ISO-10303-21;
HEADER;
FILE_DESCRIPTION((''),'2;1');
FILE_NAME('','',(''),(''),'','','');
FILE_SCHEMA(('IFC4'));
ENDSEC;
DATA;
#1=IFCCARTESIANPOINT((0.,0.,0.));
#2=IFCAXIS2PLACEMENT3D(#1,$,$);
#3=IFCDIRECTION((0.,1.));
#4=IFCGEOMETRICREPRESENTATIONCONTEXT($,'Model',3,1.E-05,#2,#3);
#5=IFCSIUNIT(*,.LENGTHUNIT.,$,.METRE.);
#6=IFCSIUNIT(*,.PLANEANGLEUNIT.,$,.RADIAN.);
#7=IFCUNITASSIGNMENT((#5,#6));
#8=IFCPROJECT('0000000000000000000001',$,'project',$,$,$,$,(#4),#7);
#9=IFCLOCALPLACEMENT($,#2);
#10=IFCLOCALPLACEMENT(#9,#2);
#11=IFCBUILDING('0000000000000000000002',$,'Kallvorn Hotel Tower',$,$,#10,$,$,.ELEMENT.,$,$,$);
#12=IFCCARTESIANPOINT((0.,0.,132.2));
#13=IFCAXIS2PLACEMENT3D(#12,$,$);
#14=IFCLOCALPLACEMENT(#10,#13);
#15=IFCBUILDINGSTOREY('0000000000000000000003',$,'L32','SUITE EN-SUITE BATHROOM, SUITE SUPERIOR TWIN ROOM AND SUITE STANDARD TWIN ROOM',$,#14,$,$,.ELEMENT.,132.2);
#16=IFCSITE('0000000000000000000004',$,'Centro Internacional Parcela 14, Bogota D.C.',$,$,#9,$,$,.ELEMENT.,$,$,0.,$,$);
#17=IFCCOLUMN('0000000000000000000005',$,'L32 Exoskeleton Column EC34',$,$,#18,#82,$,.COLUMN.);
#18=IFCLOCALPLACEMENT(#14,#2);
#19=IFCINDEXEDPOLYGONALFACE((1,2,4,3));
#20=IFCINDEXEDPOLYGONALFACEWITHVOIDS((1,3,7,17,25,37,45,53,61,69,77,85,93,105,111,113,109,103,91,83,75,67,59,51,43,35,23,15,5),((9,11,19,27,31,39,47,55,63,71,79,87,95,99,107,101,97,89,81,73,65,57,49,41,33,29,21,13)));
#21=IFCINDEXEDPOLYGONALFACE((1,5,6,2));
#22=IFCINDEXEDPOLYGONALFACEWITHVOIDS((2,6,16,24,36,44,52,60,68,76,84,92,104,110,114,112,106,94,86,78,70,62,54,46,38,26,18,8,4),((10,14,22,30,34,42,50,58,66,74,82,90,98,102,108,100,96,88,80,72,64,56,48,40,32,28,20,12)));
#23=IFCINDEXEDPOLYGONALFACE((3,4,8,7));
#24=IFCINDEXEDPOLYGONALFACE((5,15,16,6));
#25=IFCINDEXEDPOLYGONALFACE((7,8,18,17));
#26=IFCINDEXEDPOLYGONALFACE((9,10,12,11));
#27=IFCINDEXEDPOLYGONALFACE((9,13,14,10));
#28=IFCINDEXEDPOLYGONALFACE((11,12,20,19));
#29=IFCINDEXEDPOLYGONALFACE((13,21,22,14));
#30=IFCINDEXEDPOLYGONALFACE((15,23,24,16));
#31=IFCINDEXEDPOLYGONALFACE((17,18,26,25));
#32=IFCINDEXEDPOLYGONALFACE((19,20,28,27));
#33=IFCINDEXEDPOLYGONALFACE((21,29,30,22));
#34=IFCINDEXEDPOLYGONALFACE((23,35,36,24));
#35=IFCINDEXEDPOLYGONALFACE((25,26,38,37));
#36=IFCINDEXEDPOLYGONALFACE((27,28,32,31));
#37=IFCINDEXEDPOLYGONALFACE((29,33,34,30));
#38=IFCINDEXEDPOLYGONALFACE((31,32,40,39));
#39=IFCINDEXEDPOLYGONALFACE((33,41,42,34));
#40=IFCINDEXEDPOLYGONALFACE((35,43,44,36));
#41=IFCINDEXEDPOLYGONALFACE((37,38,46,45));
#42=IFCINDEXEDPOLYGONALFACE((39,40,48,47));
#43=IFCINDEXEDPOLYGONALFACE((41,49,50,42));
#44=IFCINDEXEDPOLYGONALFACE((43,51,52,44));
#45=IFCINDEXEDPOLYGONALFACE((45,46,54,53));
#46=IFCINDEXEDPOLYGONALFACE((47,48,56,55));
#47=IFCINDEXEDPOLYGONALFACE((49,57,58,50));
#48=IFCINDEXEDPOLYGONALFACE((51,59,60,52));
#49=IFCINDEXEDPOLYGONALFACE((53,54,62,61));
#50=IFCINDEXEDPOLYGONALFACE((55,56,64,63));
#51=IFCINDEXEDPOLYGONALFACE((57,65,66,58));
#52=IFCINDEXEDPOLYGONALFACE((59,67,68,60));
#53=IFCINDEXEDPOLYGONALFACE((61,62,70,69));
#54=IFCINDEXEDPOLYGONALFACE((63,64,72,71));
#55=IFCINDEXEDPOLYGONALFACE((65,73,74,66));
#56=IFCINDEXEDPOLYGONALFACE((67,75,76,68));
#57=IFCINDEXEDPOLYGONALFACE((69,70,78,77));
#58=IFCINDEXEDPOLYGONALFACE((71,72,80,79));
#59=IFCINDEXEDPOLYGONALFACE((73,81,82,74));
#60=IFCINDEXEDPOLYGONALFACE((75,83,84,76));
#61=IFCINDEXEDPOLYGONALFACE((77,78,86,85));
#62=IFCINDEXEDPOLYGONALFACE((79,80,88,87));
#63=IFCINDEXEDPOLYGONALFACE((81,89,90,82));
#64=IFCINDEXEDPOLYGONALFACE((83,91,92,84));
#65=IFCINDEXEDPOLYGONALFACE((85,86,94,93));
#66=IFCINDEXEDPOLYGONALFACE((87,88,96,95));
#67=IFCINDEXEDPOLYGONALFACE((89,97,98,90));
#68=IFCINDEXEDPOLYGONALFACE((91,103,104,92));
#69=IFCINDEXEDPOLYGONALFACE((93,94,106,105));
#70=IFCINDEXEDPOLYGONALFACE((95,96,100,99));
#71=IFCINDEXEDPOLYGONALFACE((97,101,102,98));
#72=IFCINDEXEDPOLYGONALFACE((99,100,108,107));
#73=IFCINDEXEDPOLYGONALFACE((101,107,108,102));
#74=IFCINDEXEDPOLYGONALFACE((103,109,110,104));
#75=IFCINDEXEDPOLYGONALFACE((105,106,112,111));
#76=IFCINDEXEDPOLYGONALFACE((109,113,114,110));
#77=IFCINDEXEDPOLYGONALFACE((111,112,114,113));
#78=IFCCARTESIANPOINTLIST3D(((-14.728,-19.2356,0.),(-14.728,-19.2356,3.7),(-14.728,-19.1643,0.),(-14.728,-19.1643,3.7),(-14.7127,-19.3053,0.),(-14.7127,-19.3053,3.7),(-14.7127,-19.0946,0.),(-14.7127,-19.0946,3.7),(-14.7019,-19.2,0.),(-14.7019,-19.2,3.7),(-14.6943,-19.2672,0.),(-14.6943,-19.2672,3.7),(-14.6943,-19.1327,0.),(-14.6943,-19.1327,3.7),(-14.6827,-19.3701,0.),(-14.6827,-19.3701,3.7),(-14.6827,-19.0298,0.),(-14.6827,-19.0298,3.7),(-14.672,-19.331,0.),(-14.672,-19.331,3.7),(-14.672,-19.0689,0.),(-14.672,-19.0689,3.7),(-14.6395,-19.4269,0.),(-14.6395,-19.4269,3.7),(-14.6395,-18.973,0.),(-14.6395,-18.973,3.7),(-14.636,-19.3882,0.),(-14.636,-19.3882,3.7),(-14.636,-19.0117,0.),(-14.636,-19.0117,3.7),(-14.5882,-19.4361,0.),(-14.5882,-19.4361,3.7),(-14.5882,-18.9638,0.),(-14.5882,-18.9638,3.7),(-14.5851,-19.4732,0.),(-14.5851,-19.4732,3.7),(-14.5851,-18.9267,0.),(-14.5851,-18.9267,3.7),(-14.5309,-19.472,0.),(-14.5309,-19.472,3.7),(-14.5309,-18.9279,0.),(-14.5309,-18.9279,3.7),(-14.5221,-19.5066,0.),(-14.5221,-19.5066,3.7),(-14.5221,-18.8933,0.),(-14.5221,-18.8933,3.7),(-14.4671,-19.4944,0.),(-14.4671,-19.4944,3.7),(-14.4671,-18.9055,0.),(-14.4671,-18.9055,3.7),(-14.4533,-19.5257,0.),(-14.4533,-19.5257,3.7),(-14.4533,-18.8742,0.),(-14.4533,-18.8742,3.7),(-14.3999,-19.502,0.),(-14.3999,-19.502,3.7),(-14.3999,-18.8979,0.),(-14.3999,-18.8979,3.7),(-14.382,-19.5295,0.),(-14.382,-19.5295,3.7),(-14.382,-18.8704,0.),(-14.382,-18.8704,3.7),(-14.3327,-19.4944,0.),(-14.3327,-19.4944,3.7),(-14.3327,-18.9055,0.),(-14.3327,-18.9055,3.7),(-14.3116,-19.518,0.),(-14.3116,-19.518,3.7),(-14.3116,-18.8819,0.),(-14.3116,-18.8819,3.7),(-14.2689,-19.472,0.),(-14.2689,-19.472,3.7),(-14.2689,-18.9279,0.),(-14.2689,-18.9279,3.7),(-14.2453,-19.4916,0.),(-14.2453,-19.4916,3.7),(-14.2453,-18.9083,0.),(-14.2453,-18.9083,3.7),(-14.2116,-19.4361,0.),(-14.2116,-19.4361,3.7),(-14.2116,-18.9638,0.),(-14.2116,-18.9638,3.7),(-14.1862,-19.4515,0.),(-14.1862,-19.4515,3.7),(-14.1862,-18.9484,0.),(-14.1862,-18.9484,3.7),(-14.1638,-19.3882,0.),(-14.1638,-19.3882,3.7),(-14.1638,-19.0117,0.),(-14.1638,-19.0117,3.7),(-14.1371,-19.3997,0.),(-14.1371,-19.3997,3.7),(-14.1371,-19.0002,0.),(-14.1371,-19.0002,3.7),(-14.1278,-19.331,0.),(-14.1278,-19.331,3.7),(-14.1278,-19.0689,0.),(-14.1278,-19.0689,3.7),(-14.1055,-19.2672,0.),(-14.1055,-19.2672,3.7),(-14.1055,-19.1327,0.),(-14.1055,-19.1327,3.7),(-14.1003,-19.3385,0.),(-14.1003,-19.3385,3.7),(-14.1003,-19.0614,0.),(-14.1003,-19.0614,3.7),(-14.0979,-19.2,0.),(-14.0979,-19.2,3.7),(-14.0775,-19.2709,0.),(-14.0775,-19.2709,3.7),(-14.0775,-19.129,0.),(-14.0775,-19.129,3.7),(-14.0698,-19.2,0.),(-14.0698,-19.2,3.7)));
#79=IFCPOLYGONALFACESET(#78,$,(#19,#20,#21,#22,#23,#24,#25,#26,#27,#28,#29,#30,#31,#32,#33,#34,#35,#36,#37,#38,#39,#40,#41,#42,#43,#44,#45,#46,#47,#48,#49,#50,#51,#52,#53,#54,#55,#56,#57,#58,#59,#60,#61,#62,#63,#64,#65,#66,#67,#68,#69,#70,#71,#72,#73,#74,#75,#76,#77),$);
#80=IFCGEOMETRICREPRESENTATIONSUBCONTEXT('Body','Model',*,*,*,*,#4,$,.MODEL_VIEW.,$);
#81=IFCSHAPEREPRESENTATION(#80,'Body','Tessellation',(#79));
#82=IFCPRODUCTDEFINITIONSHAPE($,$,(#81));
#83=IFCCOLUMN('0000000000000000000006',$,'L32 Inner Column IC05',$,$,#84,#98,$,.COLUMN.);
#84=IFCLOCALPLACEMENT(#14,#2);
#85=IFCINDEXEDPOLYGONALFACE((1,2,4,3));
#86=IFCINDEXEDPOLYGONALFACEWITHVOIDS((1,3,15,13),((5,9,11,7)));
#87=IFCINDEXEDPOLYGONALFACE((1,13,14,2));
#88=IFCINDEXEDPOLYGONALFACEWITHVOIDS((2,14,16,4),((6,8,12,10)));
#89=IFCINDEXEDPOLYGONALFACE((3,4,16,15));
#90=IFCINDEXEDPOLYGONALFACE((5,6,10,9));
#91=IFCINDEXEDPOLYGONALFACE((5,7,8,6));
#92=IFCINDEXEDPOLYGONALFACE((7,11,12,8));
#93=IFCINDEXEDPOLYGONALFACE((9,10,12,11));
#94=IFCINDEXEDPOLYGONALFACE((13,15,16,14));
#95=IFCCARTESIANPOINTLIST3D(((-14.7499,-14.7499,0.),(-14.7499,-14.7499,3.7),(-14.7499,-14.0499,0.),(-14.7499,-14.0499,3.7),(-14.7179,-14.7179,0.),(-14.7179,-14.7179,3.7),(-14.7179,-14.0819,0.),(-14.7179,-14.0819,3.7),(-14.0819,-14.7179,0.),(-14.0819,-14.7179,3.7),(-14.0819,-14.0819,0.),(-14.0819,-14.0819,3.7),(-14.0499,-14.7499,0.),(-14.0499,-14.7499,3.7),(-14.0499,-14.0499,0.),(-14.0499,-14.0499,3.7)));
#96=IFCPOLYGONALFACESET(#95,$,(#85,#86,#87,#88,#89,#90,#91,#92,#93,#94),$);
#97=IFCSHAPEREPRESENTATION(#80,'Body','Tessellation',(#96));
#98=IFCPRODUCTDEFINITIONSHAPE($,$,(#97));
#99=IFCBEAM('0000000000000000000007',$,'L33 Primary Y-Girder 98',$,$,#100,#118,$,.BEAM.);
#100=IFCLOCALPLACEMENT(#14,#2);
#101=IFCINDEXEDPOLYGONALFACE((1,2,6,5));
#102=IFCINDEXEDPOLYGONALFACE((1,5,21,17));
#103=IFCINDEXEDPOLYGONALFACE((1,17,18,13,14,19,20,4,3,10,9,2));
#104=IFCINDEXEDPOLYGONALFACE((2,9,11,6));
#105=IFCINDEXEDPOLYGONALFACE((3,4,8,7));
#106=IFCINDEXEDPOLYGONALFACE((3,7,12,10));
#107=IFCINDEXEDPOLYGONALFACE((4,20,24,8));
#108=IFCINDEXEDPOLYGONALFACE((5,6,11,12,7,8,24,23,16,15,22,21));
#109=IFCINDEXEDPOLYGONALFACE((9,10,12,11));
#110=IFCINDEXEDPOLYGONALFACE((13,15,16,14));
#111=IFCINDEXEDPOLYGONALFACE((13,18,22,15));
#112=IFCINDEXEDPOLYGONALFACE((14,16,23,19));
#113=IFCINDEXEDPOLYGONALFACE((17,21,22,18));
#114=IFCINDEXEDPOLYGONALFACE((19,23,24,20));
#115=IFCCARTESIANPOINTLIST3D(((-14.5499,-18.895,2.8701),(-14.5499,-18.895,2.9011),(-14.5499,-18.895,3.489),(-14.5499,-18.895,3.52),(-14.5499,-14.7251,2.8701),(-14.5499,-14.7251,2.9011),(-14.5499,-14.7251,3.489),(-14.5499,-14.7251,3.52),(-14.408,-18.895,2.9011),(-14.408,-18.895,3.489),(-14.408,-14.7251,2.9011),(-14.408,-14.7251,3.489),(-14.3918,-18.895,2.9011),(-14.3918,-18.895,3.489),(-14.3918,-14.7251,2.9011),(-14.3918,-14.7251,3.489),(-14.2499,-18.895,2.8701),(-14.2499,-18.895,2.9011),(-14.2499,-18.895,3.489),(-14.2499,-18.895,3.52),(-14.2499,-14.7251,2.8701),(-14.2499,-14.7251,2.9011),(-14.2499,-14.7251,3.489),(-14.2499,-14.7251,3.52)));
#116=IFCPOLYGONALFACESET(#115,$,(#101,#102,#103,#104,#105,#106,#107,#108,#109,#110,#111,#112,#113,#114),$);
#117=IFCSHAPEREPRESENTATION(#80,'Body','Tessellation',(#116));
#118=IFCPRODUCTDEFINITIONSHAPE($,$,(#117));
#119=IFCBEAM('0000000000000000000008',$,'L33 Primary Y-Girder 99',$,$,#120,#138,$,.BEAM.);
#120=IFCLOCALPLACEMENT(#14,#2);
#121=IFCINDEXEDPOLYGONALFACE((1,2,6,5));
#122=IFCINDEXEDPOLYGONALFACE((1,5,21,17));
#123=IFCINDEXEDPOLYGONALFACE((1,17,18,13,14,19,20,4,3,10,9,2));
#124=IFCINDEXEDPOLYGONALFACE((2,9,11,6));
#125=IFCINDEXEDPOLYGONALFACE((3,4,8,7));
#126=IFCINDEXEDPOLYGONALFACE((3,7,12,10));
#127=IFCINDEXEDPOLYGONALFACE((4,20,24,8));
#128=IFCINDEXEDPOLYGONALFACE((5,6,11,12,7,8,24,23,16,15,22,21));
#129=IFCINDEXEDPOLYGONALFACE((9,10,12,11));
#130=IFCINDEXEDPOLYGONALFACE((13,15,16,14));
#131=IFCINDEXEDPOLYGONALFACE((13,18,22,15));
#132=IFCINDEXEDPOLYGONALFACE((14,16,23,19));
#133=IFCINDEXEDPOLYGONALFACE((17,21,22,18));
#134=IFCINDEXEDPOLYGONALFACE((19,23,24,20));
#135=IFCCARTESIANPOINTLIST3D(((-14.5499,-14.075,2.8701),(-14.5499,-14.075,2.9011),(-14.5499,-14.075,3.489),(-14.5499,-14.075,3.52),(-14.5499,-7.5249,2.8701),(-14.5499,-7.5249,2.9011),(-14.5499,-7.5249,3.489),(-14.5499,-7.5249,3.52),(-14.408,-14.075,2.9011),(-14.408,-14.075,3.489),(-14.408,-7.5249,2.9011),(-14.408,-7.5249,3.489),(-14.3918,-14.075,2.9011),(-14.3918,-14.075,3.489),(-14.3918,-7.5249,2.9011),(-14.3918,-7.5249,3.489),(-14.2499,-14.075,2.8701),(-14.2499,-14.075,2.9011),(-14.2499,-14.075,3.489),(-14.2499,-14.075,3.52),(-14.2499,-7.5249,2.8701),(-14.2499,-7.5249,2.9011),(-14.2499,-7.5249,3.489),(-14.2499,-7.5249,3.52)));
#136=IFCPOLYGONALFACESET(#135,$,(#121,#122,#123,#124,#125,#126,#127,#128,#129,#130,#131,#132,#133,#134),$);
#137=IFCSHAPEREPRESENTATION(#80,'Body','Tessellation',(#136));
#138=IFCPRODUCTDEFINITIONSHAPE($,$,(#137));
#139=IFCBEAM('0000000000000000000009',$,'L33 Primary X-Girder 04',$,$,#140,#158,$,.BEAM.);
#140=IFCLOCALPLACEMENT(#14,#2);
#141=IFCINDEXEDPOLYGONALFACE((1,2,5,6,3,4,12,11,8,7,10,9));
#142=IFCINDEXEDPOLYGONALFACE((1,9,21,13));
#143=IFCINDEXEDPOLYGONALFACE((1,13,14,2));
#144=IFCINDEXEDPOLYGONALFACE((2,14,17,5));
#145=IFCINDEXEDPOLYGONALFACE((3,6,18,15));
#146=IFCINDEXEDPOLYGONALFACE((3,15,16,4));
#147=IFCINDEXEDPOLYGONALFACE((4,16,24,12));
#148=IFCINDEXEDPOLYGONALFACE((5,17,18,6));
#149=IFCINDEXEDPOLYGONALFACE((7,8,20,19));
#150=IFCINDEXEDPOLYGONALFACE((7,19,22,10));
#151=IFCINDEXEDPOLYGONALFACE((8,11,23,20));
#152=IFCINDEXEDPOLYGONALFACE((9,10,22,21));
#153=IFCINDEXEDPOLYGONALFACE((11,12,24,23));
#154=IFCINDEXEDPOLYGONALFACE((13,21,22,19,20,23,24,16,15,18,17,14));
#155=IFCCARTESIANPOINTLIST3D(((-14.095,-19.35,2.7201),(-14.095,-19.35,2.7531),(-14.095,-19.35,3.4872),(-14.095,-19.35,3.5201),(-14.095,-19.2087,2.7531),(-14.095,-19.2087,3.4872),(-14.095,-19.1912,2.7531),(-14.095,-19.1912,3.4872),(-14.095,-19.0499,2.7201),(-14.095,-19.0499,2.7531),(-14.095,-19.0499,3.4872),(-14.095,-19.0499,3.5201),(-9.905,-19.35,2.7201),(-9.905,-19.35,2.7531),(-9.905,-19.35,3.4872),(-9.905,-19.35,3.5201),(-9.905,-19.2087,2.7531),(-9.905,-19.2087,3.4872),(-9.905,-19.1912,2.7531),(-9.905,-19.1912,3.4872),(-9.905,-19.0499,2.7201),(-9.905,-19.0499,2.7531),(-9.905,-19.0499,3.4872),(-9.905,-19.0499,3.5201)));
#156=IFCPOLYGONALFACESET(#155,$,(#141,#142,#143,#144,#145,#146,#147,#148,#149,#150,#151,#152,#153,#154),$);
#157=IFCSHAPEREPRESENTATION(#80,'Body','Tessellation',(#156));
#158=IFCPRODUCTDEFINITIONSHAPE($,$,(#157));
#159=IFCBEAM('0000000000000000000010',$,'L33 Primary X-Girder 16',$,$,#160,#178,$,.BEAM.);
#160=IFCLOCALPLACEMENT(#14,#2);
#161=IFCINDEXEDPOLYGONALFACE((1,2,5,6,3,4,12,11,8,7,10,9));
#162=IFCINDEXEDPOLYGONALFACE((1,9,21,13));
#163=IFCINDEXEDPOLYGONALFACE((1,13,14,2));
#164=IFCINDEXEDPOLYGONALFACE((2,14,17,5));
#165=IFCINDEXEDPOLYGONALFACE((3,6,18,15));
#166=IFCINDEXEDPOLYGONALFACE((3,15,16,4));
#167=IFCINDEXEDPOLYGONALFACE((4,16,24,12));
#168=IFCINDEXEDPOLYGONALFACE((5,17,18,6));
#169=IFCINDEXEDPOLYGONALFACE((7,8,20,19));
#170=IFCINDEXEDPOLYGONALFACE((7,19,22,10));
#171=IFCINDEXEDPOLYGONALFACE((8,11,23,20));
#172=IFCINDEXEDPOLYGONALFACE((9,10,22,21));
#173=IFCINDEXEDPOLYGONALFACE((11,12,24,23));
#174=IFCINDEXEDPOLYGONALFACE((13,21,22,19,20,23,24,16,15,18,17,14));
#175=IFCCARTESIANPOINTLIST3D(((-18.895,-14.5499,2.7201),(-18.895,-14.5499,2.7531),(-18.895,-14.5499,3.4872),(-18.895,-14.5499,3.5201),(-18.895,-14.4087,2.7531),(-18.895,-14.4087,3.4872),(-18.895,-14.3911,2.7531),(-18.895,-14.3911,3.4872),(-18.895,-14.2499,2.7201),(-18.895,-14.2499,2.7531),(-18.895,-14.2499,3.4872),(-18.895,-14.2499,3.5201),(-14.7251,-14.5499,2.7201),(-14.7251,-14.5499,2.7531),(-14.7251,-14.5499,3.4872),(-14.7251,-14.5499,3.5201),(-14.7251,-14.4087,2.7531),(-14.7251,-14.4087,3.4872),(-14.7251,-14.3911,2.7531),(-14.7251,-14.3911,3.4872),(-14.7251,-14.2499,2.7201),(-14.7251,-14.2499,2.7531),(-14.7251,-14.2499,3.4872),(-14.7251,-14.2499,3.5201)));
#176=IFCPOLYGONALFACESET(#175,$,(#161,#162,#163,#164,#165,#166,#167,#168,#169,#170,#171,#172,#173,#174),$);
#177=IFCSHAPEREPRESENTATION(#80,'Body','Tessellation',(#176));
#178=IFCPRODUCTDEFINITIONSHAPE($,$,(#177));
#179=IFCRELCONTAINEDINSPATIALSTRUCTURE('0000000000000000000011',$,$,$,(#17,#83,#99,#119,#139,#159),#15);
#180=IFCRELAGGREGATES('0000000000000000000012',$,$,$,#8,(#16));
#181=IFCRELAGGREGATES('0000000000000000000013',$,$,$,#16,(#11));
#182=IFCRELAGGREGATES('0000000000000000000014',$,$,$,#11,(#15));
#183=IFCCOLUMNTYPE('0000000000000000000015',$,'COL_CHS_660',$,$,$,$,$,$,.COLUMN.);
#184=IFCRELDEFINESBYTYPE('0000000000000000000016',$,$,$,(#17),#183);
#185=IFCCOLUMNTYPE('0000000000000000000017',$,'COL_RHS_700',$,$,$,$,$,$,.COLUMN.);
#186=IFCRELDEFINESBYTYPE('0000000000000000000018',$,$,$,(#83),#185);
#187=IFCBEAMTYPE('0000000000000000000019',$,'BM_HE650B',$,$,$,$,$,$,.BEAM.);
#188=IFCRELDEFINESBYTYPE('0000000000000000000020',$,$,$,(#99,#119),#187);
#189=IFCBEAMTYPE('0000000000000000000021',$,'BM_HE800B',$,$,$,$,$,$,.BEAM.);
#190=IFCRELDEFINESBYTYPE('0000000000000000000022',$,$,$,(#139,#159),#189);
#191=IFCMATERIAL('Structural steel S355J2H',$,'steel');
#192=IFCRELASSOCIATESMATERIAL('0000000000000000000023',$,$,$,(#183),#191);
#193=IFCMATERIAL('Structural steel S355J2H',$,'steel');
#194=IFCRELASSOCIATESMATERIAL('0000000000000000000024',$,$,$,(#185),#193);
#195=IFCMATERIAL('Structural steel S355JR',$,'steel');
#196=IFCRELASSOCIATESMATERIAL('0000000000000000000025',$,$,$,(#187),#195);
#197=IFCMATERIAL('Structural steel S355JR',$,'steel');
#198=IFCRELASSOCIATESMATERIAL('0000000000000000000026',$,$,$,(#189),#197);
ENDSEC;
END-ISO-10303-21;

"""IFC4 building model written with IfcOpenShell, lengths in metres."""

from ifc_helpers import new_model, si_unit, direction, frame, origin, origin_2d, place, context, subcontext, project, spatial, hollow_rectangle, hollow_circle, i_section, extrude, material, material_profile, profile_set, type_object, element, save


model = new_model("IFC4")

# Units and contexts
model_context = context("Model", 3, precision=1e-05, world=origin(), true_north=direction((0.0, 1.0)))
body_context = subcontext(model_context, "Body", "Model", "MODEL_VIEW")
ifc_project = project(units=[si_unit("LENGTHUNIT", "METRE"), si_unit("PLANEANGLEUNIT", "RADIAN")], contexts=[model_context])

# Site, building, storey
site_placement = place(None, origin())
site = spatial("IfcSite", under=ifc_project, at=site_placement, Name="Centro Internacional Parcela 14, Bogota D.C.", CompositionType="ELEMENT", RefElevation=0.0)
building_placement = place(site_placement, origin())
building = spatial("IfcBuilding", under=site, at=building_placement, Name="Kallvorn Hotel Tower", CompositionType="ELEMENT")
storey_placement = place(building_placement, frame((0.0, 0.0, 132.2)))
storey = spatial("IfcBuildingStorey", under=building, at=storey_placement, Name="L32", Description="SUITE EN-SUITE BATHROOM, SUITE SUPERIOR TWIN ROOM AND SUITE STANDARD TWIN ROOM", CompositionType="ELEMENT", Elevation=132.2)

# Columns
ifc_material_1 = material(Name="Structural steel S355J2H", Category="steel")
ifc_material_profile_1 = material_profile(ifc_material_1, hollow_circle(Radius=0.3301, WallThickness=0.0281, at=origin_2d()), Name="CHS 660x28")
ifc_profile_set_1 = profile_set([ifc_material_profile_1], Name="Structural steel S355J2H")
column_type_1 = type_object("IfcColumnType", Name="COL_CHS_660", PredefinedType="COLUMN", material=ifc_profile_set_1)
column_1_placement = place(storey_placement, frame((-14.3999, -19.2, 0.0), z_axis=(0.0, 0.0, 1.0), x_axis=(1.0, 0.0, 0.0)))
element("IfcColumn", 1, at=column_1_placement, inside=storey, type_object=column_type_1, Name="L32 Exoskeleton Column EC34", PredefinedType="COLUMN", context=body_context, shape_type="SweptSolid", body=[
    extrude(hollow_circle(Radius=0.3301, WallThickness=0.0281, at=origin_2d()), origin(), (0.0, 0.0, 1.0), 3.7),
])
ifc_material_2 = material(Name="Structural steel S355J2H", Category="steel")
ifc_material_profile_2 = material_profile(ifc_material_2, hollow_rectangle(XDim=0.7, YDim=0.7, WallThickness=0.032, at=origin_2d()), Name="RHS 700x700x32")
ifc_profile_set_2 = profile_set([ifc_material_profile_2], Name="Structural steel S355J2H")
column_type_2 = type_object("IfcColumnType", Name="COL_RHS_700", PredefinedType="COLUMN", material=ifc_profile_set_2)
column_2_placement = place(storey_placement, frame((-14.3999, -14.3999, 0.0), z_axis=(0.0, 0.0, 1.0), x_axis=(1.0, 0.0, 0.0)))
element("IfcColumn", 2, at=column_2_placement, inside=storey, type_object=column_type_2, Name="L32 Inner Column IC05", PredefinedType="COLUMN", context=body_context, shape_type="SweptSolid", body=[
    extrude(hollow_rectangle(XDim=0.7, YDim=0.7, WallThickness=0.032, at=origin_2d()), origin(), (0.0, 0.0, 1.0), 3.7),
])

# Beams
ifc_material_3 = material(Name="Structural steel S355JR", Category="steel")
ifc_material_profile_3 = material_profile(ifc_material_3, i_section(OverallWidth=0.3, OverallDepth=0.6499, WebThickness=0.0161, FlangeThickness=0.031, at=origin_2d()), Name="HE 650 B")
ifc_profile_set_3 = profile_set([ifc_material_profile_3], Name="Structural steel S355JR")
beam_type_1 = type_object("IfcBeamType", Name="BM_HE650B", PredefinedType="BEAM", material=ifc_profile_set_3)
beam_1_placement = place(storey_placement, frame((-14.3999, -18.895, 3.1951), z_axis=(0.0, 1.0, 0.0), x_axis=(-1.0, 0.0, 0.0)))
element("IfcBeam", 3, at=beam_1_placement, inside=storey, type_object=beam_type_1, Name="L33 Primary Y-Girder 98", PredefinedType="BEAM", context=body_context, shape_type="SweptSolid", body=[
    extrude(i_section(OverallWidth=0.3, OverallDepth=0.6499, WebThickness=0.0161, FlangeThickness=0.031, at=origin_2d()), origin(), (0.0, 0.0, 1.0), 4.1699),
])
beam_2_placement = place(storey_placement, frame((-14.3999, -14.075, 3.1951), z_axis=(0.0, 1.0, 0.0), x_axis=(-1.0, 0.0, 0.0)))
element("IfcBeam", 4, at=beam_2_placement, inside=storey, type_object=beam_type_1, Name="L33 Primary Y-Girder 99", PredefinedType="BEAM", context=body_context, shape_type="SweptSolid", body=[
    extrude(i_section(OverallWidth=0.3, OverallDepth=0.6499, WebThickness=0.0161, FlangeThickness=0.031, at=origin_2d()), origin(), (0.0, 0.0, 1.0), 6.55),
])
ifc_material_4 = material(Name="Structural steel S355JR", Category="steel")
ifc_material_profile_4 = material_profile(ifc_material_4, i_section(OverallWidth=0.3, OverallDepth=0.8, WebThickness=0.0176, FlangeThickness=0.033, at=origin_2d()), Name="HE 800 B")
ifc_profile_set_4 = profile_set([ifc_material_profile_4], Name="Structural steel S355JR")
beam_type_2 = type_object("IfcBeamType", Name="BM_HE800B", PredefinedType="BEAM", material=ifc_profile_set_4)
beam_3_placement = place(storey_placement, frame((-14.095, -19.2, 3.1201), z_axis=(1.0, 0.0, 0.0), x_axis=(0.0, 1.0, 0.0)))
element("IfcBeam", 5, at=beam_3_placement, inside=storey, type_object=beam_type_2, Name="L33 Primary X-Girder 04", PredefinedType="BEAM", context=body_context, shape_type="SweptSolid", body=[
    extrude(i_section(OverallWidth=0.3, OverallDepth=0.8, WebThickness=0.0176, FlangeThickness=0.033, at=origin_2d()), origin(), (0.0, 0.0, 1.0), 4.1899),
])
beam_4_placement = place(storey_placement, frame((-18.895, -14.3999, 3.1201), z_axis=(1.0, 0.0, 0.0), x_axis=(0.0, 1.0, 0.0)))
element("IfcBeam", 6, at=beam_4_placement, inside=storey, type_object=beam_type_2, Name="L33 Primary X-Girder 16", PredefinedType="BEAM", context=body_context, shape_type="SweptSolid", body=[
    extrude(i_section(OverallWidth=0.3, OverallDepth=0.8, WebThickness=0.0176, FlangeThickness=0.033, at=origin_2d()), origin(), (0.0, 0.0, 1.0), 4.1699),
])

save(model, "model.ifc")
